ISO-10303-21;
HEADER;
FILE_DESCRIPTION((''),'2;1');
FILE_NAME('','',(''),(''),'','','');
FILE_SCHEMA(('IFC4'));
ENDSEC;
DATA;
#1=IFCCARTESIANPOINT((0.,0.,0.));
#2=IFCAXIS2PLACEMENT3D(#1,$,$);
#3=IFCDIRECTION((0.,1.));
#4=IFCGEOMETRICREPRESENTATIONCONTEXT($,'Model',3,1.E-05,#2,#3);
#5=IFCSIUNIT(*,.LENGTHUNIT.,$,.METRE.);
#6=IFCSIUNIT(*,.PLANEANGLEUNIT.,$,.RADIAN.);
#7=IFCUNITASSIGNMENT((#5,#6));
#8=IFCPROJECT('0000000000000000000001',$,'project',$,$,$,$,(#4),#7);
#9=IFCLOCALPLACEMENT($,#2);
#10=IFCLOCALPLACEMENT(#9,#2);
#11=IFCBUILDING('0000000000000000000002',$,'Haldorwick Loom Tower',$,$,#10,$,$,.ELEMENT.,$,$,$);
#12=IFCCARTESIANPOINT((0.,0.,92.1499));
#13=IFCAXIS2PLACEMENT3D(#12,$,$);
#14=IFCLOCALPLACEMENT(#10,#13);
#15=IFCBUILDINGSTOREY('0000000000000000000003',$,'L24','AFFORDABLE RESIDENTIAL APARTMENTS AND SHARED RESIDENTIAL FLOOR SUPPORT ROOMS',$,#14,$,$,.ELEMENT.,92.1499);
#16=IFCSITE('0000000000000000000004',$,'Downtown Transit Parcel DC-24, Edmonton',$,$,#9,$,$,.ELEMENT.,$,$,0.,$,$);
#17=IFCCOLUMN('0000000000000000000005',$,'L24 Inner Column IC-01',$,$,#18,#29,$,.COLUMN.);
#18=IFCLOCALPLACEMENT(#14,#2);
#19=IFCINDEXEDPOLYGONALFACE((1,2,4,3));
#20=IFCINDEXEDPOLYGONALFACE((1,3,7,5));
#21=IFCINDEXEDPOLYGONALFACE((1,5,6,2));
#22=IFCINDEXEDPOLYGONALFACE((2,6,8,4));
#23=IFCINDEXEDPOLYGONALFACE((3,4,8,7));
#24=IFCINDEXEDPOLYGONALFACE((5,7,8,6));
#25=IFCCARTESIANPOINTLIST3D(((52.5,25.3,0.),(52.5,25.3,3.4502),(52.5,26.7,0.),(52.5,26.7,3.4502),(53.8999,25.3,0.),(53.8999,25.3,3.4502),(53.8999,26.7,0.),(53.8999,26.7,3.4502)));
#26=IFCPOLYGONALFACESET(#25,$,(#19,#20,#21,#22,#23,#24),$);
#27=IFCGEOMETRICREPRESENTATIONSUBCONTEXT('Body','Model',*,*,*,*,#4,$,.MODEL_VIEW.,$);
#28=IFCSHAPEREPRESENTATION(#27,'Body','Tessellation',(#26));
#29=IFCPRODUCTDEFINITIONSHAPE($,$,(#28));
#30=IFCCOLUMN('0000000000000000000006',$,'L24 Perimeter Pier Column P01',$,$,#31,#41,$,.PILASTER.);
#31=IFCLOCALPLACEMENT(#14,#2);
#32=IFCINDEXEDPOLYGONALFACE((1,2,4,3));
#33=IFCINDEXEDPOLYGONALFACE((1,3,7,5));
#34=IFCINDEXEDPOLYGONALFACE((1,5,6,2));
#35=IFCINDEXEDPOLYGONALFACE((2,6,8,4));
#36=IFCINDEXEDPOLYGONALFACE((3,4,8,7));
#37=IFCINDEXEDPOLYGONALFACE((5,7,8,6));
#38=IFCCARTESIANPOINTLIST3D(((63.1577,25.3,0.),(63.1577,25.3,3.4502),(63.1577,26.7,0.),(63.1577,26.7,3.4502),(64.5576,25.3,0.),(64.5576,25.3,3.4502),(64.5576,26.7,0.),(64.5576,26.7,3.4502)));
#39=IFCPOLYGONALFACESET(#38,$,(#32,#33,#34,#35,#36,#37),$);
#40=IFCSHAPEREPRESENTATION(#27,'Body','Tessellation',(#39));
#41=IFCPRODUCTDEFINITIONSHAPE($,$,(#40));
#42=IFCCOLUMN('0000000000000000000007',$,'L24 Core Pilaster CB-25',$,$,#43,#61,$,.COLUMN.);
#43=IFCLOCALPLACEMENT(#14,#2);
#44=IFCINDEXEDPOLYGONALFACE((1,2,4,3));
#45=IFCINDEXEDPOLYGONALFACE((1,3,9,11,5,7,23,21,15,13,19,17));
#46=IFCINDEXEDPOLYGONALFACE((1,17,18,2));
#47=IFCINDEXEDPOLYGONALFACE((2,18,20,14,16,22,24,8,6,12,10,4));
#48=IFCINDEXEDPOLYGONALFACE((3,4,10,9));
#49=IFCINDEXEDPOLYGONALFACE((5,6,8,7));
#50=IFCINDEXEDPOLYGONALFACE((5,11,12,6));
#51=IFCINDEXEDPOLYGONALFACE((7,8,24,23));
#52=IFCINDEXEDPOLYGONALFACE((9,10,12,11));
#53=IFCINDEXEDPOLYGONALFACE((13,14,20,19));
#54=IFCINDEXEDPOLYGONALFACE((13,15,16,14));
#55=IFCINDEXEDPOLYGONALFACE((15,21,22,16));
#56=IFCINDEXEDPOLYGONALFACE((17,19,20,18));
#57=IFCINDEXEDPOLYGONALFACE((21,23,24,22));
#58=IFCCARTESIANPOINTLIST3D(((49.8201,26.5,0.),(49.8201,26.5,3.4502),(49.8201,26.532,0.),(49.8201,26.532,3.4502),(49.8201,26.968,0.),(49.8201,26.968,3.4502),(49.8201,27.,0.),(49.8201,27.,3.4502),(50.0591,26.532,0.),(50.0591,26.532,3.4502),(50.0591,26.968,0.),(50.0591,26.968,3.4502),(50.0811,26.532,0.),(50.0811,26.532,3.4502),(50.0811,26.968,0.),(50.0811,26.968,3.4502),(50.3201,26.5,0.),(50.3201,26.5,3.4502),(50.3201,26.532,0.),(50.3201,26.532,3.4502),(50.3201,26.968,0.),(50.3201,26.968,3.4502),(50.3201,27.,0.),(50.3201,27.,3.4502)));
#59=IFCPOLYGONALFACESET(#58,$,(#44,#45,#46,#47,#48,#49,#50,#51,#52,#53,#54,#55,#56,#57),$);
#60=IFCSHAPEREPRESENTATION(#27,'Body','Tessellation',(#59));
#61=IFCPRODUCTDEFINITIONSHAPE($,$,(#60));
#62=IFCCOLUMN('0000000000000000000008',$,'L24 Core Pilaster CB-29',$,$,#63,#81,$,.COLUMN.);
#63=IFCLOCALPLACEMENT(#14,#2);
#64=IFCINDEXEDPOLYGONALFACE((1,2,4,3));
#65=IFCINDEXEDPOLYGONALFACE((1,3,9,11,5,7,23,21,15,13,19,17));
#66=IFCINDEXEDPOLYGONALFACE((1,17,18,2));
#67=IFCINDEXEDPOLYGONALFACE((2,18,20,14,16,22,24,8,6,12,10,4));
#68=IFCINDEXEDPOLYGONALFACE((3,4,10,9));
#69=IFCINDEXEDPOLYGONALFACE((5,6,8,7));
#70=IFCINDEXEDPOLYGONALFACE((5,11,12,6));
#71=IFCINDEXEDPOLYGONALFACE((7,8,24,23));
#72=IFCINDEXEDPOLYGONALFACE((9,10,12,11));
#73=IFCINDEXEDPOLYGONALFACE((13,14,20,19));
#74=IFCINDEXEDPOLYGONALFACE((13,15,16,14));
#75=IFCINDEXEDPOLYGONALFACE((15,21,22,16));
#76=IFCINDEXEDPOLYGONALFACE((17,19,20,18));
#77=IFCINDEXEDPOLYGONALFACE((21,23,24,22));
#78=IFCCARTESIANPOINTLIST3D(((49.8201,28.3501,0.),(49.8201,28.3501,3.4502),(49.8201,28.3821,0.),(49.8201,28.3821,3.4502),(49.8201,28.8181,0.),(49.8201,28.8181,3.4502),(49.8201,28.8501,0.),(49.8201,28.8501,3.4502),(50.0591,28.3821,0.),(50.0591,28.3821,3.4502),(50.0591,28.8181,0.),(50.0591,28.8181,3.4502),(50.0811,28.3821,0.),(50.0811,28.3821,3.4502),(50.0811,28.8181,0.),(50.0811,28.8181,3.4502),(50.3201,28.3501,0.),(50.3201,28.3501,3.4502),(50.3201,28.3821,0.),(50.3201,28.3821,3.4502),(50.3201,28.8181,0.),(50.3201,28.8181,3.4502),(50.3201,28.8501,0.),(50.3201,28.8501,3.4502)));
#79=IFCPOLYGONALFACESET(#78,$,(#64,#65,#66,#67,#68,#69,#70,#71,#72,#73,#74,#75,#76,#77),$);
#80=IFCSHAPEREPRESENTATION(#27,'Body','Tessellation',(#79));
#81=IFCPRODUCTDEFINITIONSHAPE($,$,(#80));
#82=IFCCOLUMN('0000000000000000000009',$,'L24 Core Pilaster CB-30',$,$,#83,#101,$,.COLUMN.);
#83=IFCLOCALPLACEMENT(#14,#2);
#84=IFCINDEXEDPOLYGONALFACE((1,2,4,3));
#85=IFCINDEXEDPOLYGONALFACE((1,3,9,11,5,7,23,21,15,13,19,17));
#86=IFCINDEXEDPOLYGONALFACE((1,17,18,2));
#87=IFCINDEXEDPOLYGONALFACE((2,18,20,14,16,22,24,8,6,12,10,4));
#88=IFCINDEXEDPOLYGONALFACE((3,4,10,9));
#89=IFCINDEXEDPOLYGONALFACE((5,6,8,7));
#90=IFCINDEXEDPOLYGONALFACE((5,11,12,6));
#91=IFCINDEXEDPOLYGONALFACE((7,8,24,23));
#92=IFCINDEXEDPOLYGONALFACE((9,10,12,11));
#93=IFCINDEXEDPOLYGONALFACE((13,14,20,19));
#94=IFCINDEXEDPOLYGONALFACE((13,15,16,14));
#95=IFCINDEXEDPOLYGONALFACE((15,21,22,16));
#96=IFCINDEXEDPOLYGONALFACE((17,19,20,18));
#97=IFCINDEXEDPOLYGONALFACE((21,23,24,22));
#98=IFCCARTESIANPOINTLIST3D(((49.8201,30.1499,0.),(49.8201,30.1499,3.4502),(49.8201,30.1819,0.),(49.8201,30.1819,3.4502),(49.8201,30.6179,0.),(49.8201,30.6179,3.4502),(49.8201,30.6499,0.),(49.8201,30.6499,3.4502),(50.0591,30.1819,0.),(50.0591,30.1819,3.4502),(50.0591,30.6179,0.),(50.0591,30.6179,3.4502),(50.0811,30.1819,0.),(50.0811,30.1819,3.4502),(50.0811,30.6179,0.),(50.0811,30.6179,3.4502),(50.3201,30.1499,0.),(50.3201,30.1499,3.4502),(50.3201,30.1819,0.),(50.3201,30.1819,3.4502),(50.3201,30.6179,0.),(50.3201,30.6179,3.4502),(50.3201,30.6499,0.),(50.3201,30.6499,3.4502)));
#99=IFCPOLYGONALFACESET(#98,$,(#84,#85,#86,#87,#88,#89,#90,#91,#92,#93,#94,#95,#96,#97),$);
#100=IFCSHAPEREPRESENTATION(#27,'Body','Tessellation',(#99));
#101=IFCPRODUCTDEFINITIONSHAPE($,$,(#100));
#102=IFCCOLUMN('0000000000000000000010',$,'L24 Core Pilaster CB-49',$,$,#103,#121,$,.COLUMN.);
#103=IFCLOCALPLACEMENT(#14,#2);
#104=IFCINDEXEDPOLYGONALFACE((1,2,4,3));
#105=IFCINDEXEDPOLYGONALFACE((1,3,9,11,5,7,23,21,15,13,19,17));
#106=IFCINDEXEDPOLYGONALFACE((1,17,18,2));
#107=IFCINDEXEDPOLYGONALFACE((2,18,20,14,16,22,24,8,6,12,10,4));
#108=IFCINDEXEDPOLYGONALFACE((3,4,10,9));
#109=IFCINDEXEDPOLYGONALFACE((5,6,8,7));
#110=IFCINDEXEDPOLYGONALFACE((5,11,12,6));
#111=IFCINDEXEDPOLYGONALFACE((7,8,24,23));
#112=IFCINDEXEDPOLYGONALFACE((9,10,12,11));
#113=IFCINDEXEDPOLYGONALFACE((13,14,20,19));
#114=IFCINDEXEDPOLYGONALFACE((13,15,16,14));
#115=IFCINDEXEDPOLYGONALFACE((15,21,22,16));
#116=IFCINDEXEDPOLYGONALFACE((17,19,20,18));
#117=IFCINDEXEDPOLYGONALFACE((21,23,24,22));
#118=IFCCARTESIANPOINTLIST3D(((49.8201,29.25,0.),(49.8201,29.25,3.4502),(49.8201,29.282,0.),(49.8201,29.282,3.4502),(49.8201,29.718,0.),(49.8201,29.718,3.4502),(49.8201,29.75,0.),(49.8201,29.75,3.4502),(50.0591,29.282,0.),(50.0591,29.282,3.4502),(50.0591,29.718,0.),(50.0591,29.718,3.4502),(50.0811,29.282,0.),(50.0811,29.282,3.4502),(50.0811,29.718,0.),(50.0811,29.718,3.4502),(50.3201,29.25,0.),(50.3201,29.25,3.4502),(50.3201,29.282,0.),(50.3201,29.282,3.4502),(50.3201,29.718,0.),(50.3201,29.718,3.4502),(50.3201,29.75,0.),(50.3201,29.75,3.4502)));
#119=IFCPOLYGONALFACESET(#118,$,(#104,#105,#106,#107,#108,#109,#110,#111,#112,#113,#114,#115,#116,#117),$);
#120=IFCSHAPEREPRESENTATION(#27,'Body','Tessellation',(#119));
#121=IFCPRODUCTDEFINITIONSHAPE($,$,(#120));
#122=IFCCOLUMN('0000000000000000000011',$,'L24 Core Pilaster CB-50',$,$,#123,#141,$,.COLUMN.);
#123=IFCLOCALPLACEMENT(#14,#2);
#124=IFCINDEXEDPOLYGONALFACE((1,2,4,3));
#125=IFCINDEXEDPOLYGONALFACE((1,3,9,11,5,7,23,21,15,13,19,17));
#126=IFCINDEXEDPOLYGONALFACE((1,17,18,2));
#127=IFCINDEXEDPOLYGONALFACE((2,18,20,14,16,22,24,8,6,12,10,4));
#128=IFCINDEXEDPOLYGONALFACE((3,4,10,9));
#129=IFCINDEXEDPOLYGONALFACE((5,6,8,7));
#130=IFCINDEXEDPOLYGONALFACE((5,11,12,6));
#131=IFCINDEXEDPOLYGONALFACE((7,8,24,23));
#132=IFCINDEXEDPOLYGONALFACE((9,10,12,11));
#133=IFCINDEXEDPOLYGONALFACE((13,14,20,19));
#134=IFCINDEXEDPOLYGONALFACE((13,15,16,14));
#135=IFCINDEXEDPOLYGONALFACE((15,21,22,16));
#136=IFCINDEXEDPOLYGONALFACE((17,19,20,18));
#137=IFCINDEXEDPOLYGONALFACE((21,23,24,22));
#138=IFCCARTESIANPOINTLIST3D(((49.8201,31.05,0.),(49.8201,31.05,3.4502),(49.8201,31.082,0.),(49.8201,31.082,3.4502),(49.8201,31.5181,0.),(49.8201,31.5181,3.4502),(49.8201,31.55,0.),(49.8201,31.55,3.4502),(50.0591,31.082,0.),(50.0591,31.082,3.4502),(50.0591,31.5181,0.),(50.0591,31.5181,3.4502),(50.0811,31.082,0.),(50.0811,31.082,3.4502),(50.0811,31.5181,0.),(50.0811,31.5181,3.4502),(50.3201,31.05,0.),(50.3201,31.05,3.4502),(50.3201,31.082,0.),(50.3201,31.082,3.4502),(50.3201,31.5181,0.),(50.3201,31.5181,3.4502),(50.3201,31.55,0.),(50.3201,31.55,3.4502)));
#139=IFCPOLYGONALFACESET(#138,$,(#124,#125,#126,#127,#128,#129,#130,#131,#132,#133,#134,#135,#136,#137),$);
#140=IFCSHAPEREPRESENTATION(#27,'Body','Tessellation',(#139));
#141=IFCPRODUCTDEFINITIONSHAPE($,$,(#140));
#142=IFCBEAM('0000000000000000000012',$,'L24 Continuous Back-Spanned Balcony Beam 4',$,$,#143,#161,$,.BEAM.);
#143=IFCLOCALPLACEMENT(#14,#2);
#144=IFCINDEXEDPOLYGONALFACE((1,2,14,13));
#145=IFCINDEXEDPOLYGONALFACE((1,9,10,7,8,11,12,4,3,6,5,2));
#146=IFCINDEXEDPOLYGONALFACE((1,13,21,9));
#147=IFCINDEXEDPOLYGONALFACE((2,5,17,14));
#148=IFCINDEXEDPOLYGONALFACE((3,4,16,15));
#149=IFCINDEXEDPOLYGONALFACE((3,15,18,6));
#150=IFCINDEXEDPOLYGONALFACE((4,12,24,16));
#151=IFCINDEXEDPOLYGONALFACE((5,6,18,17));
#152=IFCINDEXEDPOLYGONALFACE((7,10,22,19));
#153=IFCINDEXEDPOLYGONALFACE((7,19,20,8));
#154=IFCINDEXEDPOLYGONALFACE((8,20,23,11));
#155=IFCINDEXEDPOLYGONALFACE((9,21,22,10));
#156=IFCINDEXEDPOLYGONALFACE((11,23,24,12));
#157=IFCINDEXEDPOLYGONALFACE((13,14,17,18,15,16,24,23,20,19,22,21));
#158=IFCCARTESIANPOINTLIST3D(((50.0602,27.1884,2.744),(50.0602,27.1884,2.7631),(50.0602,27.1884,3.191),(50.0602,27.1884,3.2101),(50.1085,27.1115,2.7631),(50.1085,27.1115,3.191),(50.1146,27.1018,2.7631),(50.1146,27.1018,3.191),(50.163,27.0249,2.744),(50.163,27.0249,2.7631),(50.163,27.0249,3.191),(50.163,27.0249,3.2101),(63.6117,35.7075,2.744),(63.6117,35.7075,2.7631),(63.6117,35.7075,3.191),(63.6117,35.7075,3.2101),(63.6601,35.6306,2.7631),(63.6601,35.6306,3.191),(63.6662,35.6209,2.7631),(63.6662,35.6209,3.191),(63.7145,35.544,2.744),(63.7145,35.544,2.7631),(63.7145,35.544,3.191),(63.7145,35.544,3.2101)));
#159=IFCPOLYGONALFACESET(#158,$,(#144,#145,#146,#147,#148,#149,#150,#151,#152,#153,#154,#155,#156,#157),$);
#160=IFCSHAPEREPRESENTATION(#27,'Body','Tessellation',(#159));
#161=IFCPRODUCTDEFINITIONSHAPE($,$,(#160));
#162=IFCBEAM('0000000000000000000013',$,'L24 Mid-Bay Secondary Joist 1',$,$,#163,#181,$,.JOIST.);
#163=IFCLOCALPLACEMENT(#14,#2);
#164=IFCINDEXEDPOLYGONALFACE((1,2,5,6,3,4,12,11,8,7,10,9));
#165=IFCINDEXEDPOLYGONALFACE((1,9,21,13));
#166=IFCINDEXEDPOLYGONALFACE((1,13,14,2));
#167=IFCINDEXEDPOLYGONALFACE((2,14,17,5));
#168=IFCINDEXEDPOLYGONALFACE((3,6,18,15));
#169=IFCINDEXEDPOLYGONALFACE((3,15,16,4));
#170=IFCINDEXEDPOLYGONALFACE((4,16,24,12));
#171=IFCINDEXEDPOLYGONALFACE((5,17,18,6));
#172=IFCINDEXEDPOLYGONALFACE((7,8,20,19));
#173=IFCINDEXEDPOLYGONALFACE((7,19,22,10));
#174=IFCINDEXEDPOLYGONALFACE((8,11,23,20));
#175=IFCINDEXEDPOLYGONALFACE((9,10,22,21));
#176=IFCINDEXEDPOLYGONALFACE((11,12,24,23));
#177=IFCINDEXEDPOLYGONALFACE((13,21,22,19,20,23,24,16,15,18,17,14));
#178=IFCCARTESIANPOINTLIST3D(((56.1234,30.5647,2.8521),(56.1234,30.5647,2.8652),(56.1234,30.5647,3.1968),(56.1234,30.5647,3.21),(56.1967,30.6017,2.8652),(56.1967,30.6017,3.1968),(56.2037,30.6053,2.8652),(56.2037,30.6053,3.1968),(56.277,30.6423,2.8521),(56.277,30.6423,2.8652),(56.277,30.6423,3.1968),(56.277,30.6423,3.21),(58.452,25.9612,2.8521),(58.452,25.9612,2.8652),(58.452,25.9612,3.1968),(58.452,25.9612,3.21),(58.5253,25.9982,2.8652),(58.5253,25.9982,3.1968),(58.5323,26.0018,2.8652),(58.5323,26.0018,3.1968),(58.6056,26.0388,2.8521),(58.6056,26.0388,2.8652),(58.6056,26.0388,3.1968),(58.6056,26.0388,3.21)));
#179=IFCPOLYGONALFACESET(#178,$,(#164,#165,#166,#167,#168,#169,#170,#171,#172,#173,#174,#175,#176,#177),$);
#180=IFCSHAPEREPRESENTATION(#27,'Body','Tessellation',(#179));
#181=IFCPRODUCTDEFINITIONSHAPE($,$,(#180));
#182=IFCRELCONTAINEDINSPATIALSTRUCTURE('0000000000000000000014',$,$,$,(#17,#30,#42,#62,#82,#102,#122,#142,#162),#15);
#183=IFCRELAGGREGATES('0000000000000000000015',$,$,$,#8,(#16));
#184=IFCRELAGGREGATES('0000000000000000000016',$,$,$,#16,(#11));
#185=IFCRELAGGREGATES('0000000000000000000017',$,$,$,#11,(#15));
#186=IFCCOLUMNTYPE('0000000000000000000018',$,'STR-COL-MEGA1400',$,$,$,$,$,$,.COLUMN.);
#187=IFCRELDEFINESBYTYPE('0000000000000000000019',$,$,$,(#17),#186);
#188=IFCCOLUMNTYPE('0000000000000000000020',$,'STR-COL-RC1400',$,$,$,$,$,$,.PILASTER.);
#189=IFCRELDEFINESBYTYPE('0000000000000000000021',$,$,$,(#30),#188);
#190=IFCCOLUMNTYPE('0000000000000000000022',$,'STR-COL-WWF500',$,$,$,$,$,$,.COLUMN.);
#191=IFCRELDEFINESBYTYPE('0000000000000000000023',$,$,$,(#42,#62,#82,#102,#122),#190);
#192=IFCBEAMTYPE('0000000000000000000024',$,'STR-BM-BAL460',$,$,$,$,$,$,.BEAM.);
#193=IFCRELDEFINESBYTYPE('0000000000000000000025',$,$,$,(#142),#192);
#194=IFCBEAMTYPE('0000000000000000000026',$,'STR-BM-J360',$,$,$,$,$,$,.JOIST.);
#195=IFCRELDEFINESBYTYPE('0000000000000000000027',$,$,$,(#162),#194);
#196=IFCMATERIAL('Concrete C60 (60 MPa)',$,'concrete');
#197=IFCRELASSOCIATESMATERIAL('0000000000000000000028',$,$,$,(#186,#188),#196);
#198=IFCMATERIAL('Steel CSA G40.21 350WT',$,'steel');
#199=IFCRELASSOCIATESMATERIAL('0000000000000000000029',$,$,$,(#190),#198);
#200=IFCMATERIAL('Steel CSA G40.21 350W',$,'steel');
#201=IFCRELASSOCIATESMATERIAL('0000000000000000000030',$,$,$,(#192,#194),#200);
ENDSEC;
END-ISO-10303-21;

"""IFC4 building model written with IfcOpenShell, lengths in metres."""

from ifc_helpers import new_model, si_unit, direction, frame, origin, origin_2d, place, context, subcontext, project, spatial, rectangle, i_section, extrude, material, material_profile, profile_set, type_object, element, save


model = new_model("IFC4")

# Units and contexts
model_context = context("Model", 3, precision=1e-05, world=origin(), true_north=direction((0.0, 1.0)))
body_context = subcontext(model_context, "Body", "Model", "MODEL_VIEW")
ifc_project = project(units=[si_unit("LENGTHUNIT", "METRE"), si_unit("PLANEANGLEUNIT", "RADIAN")], contexts=[model_context])

# Site, building, storey
site_placement = place(None, origin())
site = spatial("IfcSite", under=ifc_project, at=site_placement, Name="Downtown Transit Parcel DC-24, Edmonton", CompositionType="ELEMENT", RefElevation=0.0)
building_placement = place(site_placement, origin())
building = spatial("IfcBuilding", under=site, at=building_placement, Name="Haldorwick Loom Tower", CompositionType="ELEMENT")
storey_placement = place(building_placement, frame((0.0, 0.0, 92.1499)))
storey = spatial("IfcBuildingStorey", under=building, at=storey_placement, Name="L24", Description="AFFORDABLE RESIDENTIAL APARTMENTS AND SHARED RESIDENTIAL FLOOR SUPPORT ROOMS", CompositionType="ELEMENT", Elevation=92.1499)

# Columns
ifc_material_1 = material(Name="Concrete C60 (60 MPa)", Category="concrete")
ifc_material_profile_1 = material_profile(ifc_material_1, rectangle(XDim=1.3999, YDim=1.3999, at=origin_2d()), Name="RC1400X1400", Category="concrete")
ifc_profile_set_1 = profile_set([ifc_material_profile_1], Name="Concrete C60 (60 MPa)")
column_type_1 = type_object("IfcColumnType", Name="STR-COL-MEGA1400", PredefinedType="COLUMN", material=ifc_profile_set_1)
column_1_placement = place(storey_placement, frame((53.2, 26.0, 0.0), z_axis=(0.0, 0.0, 1.0), x_axis=(1.0, 0.0, 0.0)))
element("IfcColumn", 1, at=column_1_placement, inside=storey, type_object=column_type_1, Name="L24 Inner Column IC-01", PredefinedType="COLUMN", context=body_context, shape_type="SweptSolid", body=[
    extrude(rectangle(XDim=1.3999, YDim=1.3999, at=origin_2d()), origin(), (0.0, 0.0, 1.0), 3.4502),
])
ifc_material_profile_2 = material_profile(ifc_material_1, rectangle(XDim=1.3999, YDim=1.3999, at=origin_2d()), Name="RC1400X1400", Category="concrete")
ifc_profile_set_2 = profile_set([ifc_material_profile_2], Name="Concrete C60 (60 MPa)")
column_type_2 = type_object("IfcColumnType", Name="STR-COL-RC1400", PredefinedType="PILASTER", material=ifc_profile_set_2)
column_2_placement = place(storey_placement, frame((63.8577, 26.0, 0.0), z_axis=(0.0, 0.0, 1.0), x_axis=(1.0, 0.0, 0.0)))
element("IfcColumn", 2, at=column_2_placement, inside=storey, type_object=column_type_2, Name="L24 Perimeter Pier Column P01", PredefinedType="PILASTER", context=body_context, shape_type="SweptSolid", body=[
    extrude(rectangle(XDim=1.3999, YDim=1.3999, at=origin_2d()), origin(), (0.0, 0.0, 1.0), 3.4502),
])
ifc_material_2 = material(Name="Steel CSA G40.21 350WT", Category="steel")
ifc_material_profile_3 = material_profile(ifc_material_2, i_section(OverallWidth=0.5, OverallDepth=0.5, WebThickness=0.022, FlangeThickness=0.032, at=origin_2d()), Name="WWF500X500", Category="steel")
ifc_profile_set_3 = profile_set([ifc_material_profile_3], Name="Steel CSA G40.21 350WT")
column_type_3 = type_object("IfcColumnType", Name="STR-COL-WWF500", PredefinedType="COLUMN", material=ifc_profile_set_3)
for number, where, z_axis, x_axis, name in (
    (3, (50.0701, 26.75, 0.0), (0.0, 0.0, 1.0), (1.0, 0.0, 0.0), "L24 Core Pilaster CB-25"),
    (4, (50.0701, 28.6001, 0.0), (0.0, 0.0, 1.0), (1.0, 0.0, 0.0), "L24 Core Pilaster CB-29"),
    (5, (50.0701, 30.3999, 0.0), (0.0, 0.0, 1.0), (1.0, 0.0, 0.0), "L24 Core Pilaster CB-30"),
    (6, (50.0701, 29.5, 0.0), (0.0, 0.0, 1.0), (1.0, 0.0, 0.0), "L24 Core Pilaster CB-49"),
    (7, (50.0701, 31.3, 0.0), (0.0, 0.0, 1.0), (1.0, 0.0, 0.0), "L24 Core Pilaster CB-50"),
):
    element("IfcColumn", number, at=place(storey_placement, frame(where, z_axis=z_axis, x_axis=x_axis)), inside=storey, type_object=column_type_3, Name=name, PredefinedType="COLUMN", context=body_context, shape_type="SweptSolid", body=[
        extrude(i_section(OverallWidth=0.5, OverallDepth=0.5, WebThickness=0.022, FlangeThickness=0.032, at=origin_2d()), origin(), (0.0, 0.0, 1.0), 3.4502),
    ])

# Beams
ifc_material_3 = material(Name="Steel CSA G40.21 350W", Category="steel")
ifc_material_profile_4 = material_profile(ifc_material_3, i_section(OverallWidth=0.1931, OverallDepth=0.4661, WebThickness=0.0115, FlangeThickness=0.019, at=origin_2d()), Name="W460X97", Category="steel")
ifc_profile_set_4 = profile_set([ifc_material_profile_4], Name="Steel CSA G40.21 350W")
beam_type_1 = type_object("IfcBeamType", Name="STR-BM-BAL460", PredefinedType="BEAM", material=ifc_profile_set_4)
beam_1_placement = place(storey_placement, frame((50.1116, 27.1067, 2.9771), z_axis=(0.84661, 0.532214, 0.0), x_axis=(-0.532214, 0.84661, 0.0)))
element("IfcBeam", 8, at=beam_1_placement, inside=storey, type_object=beam_type_1, Name="L24 Continuous Back-Spanned Balcony Beam 4", PredefinedType="BEAM", context=body_context, shape_type="SweptSolid", body=[
    extrude(i_section(OverallWidth=0.1931, OverallDepth=0.4661, WebThickness=0.0115, FlangeThickness=0.019, at=origin_2d()), origin(), (0.0, 0.0, 1.0), 16.0068),
])
ifc_material_profile_5 = material_profile(ifc_material_3, i_section(OverallWidth=0.1721, OverallDepth=0.3579, WebThickness=0.0078, FlangeThickness=0.0132, at=origin_2d()), Name="W360X57", Category="steel")
ifc_profile_set_5 = profile_set([ifc_material_profile_5], Name="Steel CSA G40.21 350W")
beam_type_2 = type_object("IfcBeamType", Name="STR-BM-J360", PredefinedType="JOIST", material=ifc_profile_set_5)
beam_2_placement = place(storey_placement, frame((58.5288, 26.0, 3.031), z_axis=(-0.451373, 0.892335, 0.0), x_axis=(-0.892335, -0.451373, 0.0)))
element("IfcBeam", 9, at=beam_2_placement, inside=storey, type_object=beam_type_2, Name="L24 Mid-Bay Secondary Joist 1", PredefinedType="JOIST", context=body_context, shape_type="SweptSolid", body=[
    extrude(i_section(OverallWidth=0.1721, OverallDepth=0.3579, WebThickness=0.0078, FlangeThickness=0.0132, at=origin_2d()), origin(), (0.0, 0.0, 1.0), 5.1589),
])

save(model, "model.ifc")
